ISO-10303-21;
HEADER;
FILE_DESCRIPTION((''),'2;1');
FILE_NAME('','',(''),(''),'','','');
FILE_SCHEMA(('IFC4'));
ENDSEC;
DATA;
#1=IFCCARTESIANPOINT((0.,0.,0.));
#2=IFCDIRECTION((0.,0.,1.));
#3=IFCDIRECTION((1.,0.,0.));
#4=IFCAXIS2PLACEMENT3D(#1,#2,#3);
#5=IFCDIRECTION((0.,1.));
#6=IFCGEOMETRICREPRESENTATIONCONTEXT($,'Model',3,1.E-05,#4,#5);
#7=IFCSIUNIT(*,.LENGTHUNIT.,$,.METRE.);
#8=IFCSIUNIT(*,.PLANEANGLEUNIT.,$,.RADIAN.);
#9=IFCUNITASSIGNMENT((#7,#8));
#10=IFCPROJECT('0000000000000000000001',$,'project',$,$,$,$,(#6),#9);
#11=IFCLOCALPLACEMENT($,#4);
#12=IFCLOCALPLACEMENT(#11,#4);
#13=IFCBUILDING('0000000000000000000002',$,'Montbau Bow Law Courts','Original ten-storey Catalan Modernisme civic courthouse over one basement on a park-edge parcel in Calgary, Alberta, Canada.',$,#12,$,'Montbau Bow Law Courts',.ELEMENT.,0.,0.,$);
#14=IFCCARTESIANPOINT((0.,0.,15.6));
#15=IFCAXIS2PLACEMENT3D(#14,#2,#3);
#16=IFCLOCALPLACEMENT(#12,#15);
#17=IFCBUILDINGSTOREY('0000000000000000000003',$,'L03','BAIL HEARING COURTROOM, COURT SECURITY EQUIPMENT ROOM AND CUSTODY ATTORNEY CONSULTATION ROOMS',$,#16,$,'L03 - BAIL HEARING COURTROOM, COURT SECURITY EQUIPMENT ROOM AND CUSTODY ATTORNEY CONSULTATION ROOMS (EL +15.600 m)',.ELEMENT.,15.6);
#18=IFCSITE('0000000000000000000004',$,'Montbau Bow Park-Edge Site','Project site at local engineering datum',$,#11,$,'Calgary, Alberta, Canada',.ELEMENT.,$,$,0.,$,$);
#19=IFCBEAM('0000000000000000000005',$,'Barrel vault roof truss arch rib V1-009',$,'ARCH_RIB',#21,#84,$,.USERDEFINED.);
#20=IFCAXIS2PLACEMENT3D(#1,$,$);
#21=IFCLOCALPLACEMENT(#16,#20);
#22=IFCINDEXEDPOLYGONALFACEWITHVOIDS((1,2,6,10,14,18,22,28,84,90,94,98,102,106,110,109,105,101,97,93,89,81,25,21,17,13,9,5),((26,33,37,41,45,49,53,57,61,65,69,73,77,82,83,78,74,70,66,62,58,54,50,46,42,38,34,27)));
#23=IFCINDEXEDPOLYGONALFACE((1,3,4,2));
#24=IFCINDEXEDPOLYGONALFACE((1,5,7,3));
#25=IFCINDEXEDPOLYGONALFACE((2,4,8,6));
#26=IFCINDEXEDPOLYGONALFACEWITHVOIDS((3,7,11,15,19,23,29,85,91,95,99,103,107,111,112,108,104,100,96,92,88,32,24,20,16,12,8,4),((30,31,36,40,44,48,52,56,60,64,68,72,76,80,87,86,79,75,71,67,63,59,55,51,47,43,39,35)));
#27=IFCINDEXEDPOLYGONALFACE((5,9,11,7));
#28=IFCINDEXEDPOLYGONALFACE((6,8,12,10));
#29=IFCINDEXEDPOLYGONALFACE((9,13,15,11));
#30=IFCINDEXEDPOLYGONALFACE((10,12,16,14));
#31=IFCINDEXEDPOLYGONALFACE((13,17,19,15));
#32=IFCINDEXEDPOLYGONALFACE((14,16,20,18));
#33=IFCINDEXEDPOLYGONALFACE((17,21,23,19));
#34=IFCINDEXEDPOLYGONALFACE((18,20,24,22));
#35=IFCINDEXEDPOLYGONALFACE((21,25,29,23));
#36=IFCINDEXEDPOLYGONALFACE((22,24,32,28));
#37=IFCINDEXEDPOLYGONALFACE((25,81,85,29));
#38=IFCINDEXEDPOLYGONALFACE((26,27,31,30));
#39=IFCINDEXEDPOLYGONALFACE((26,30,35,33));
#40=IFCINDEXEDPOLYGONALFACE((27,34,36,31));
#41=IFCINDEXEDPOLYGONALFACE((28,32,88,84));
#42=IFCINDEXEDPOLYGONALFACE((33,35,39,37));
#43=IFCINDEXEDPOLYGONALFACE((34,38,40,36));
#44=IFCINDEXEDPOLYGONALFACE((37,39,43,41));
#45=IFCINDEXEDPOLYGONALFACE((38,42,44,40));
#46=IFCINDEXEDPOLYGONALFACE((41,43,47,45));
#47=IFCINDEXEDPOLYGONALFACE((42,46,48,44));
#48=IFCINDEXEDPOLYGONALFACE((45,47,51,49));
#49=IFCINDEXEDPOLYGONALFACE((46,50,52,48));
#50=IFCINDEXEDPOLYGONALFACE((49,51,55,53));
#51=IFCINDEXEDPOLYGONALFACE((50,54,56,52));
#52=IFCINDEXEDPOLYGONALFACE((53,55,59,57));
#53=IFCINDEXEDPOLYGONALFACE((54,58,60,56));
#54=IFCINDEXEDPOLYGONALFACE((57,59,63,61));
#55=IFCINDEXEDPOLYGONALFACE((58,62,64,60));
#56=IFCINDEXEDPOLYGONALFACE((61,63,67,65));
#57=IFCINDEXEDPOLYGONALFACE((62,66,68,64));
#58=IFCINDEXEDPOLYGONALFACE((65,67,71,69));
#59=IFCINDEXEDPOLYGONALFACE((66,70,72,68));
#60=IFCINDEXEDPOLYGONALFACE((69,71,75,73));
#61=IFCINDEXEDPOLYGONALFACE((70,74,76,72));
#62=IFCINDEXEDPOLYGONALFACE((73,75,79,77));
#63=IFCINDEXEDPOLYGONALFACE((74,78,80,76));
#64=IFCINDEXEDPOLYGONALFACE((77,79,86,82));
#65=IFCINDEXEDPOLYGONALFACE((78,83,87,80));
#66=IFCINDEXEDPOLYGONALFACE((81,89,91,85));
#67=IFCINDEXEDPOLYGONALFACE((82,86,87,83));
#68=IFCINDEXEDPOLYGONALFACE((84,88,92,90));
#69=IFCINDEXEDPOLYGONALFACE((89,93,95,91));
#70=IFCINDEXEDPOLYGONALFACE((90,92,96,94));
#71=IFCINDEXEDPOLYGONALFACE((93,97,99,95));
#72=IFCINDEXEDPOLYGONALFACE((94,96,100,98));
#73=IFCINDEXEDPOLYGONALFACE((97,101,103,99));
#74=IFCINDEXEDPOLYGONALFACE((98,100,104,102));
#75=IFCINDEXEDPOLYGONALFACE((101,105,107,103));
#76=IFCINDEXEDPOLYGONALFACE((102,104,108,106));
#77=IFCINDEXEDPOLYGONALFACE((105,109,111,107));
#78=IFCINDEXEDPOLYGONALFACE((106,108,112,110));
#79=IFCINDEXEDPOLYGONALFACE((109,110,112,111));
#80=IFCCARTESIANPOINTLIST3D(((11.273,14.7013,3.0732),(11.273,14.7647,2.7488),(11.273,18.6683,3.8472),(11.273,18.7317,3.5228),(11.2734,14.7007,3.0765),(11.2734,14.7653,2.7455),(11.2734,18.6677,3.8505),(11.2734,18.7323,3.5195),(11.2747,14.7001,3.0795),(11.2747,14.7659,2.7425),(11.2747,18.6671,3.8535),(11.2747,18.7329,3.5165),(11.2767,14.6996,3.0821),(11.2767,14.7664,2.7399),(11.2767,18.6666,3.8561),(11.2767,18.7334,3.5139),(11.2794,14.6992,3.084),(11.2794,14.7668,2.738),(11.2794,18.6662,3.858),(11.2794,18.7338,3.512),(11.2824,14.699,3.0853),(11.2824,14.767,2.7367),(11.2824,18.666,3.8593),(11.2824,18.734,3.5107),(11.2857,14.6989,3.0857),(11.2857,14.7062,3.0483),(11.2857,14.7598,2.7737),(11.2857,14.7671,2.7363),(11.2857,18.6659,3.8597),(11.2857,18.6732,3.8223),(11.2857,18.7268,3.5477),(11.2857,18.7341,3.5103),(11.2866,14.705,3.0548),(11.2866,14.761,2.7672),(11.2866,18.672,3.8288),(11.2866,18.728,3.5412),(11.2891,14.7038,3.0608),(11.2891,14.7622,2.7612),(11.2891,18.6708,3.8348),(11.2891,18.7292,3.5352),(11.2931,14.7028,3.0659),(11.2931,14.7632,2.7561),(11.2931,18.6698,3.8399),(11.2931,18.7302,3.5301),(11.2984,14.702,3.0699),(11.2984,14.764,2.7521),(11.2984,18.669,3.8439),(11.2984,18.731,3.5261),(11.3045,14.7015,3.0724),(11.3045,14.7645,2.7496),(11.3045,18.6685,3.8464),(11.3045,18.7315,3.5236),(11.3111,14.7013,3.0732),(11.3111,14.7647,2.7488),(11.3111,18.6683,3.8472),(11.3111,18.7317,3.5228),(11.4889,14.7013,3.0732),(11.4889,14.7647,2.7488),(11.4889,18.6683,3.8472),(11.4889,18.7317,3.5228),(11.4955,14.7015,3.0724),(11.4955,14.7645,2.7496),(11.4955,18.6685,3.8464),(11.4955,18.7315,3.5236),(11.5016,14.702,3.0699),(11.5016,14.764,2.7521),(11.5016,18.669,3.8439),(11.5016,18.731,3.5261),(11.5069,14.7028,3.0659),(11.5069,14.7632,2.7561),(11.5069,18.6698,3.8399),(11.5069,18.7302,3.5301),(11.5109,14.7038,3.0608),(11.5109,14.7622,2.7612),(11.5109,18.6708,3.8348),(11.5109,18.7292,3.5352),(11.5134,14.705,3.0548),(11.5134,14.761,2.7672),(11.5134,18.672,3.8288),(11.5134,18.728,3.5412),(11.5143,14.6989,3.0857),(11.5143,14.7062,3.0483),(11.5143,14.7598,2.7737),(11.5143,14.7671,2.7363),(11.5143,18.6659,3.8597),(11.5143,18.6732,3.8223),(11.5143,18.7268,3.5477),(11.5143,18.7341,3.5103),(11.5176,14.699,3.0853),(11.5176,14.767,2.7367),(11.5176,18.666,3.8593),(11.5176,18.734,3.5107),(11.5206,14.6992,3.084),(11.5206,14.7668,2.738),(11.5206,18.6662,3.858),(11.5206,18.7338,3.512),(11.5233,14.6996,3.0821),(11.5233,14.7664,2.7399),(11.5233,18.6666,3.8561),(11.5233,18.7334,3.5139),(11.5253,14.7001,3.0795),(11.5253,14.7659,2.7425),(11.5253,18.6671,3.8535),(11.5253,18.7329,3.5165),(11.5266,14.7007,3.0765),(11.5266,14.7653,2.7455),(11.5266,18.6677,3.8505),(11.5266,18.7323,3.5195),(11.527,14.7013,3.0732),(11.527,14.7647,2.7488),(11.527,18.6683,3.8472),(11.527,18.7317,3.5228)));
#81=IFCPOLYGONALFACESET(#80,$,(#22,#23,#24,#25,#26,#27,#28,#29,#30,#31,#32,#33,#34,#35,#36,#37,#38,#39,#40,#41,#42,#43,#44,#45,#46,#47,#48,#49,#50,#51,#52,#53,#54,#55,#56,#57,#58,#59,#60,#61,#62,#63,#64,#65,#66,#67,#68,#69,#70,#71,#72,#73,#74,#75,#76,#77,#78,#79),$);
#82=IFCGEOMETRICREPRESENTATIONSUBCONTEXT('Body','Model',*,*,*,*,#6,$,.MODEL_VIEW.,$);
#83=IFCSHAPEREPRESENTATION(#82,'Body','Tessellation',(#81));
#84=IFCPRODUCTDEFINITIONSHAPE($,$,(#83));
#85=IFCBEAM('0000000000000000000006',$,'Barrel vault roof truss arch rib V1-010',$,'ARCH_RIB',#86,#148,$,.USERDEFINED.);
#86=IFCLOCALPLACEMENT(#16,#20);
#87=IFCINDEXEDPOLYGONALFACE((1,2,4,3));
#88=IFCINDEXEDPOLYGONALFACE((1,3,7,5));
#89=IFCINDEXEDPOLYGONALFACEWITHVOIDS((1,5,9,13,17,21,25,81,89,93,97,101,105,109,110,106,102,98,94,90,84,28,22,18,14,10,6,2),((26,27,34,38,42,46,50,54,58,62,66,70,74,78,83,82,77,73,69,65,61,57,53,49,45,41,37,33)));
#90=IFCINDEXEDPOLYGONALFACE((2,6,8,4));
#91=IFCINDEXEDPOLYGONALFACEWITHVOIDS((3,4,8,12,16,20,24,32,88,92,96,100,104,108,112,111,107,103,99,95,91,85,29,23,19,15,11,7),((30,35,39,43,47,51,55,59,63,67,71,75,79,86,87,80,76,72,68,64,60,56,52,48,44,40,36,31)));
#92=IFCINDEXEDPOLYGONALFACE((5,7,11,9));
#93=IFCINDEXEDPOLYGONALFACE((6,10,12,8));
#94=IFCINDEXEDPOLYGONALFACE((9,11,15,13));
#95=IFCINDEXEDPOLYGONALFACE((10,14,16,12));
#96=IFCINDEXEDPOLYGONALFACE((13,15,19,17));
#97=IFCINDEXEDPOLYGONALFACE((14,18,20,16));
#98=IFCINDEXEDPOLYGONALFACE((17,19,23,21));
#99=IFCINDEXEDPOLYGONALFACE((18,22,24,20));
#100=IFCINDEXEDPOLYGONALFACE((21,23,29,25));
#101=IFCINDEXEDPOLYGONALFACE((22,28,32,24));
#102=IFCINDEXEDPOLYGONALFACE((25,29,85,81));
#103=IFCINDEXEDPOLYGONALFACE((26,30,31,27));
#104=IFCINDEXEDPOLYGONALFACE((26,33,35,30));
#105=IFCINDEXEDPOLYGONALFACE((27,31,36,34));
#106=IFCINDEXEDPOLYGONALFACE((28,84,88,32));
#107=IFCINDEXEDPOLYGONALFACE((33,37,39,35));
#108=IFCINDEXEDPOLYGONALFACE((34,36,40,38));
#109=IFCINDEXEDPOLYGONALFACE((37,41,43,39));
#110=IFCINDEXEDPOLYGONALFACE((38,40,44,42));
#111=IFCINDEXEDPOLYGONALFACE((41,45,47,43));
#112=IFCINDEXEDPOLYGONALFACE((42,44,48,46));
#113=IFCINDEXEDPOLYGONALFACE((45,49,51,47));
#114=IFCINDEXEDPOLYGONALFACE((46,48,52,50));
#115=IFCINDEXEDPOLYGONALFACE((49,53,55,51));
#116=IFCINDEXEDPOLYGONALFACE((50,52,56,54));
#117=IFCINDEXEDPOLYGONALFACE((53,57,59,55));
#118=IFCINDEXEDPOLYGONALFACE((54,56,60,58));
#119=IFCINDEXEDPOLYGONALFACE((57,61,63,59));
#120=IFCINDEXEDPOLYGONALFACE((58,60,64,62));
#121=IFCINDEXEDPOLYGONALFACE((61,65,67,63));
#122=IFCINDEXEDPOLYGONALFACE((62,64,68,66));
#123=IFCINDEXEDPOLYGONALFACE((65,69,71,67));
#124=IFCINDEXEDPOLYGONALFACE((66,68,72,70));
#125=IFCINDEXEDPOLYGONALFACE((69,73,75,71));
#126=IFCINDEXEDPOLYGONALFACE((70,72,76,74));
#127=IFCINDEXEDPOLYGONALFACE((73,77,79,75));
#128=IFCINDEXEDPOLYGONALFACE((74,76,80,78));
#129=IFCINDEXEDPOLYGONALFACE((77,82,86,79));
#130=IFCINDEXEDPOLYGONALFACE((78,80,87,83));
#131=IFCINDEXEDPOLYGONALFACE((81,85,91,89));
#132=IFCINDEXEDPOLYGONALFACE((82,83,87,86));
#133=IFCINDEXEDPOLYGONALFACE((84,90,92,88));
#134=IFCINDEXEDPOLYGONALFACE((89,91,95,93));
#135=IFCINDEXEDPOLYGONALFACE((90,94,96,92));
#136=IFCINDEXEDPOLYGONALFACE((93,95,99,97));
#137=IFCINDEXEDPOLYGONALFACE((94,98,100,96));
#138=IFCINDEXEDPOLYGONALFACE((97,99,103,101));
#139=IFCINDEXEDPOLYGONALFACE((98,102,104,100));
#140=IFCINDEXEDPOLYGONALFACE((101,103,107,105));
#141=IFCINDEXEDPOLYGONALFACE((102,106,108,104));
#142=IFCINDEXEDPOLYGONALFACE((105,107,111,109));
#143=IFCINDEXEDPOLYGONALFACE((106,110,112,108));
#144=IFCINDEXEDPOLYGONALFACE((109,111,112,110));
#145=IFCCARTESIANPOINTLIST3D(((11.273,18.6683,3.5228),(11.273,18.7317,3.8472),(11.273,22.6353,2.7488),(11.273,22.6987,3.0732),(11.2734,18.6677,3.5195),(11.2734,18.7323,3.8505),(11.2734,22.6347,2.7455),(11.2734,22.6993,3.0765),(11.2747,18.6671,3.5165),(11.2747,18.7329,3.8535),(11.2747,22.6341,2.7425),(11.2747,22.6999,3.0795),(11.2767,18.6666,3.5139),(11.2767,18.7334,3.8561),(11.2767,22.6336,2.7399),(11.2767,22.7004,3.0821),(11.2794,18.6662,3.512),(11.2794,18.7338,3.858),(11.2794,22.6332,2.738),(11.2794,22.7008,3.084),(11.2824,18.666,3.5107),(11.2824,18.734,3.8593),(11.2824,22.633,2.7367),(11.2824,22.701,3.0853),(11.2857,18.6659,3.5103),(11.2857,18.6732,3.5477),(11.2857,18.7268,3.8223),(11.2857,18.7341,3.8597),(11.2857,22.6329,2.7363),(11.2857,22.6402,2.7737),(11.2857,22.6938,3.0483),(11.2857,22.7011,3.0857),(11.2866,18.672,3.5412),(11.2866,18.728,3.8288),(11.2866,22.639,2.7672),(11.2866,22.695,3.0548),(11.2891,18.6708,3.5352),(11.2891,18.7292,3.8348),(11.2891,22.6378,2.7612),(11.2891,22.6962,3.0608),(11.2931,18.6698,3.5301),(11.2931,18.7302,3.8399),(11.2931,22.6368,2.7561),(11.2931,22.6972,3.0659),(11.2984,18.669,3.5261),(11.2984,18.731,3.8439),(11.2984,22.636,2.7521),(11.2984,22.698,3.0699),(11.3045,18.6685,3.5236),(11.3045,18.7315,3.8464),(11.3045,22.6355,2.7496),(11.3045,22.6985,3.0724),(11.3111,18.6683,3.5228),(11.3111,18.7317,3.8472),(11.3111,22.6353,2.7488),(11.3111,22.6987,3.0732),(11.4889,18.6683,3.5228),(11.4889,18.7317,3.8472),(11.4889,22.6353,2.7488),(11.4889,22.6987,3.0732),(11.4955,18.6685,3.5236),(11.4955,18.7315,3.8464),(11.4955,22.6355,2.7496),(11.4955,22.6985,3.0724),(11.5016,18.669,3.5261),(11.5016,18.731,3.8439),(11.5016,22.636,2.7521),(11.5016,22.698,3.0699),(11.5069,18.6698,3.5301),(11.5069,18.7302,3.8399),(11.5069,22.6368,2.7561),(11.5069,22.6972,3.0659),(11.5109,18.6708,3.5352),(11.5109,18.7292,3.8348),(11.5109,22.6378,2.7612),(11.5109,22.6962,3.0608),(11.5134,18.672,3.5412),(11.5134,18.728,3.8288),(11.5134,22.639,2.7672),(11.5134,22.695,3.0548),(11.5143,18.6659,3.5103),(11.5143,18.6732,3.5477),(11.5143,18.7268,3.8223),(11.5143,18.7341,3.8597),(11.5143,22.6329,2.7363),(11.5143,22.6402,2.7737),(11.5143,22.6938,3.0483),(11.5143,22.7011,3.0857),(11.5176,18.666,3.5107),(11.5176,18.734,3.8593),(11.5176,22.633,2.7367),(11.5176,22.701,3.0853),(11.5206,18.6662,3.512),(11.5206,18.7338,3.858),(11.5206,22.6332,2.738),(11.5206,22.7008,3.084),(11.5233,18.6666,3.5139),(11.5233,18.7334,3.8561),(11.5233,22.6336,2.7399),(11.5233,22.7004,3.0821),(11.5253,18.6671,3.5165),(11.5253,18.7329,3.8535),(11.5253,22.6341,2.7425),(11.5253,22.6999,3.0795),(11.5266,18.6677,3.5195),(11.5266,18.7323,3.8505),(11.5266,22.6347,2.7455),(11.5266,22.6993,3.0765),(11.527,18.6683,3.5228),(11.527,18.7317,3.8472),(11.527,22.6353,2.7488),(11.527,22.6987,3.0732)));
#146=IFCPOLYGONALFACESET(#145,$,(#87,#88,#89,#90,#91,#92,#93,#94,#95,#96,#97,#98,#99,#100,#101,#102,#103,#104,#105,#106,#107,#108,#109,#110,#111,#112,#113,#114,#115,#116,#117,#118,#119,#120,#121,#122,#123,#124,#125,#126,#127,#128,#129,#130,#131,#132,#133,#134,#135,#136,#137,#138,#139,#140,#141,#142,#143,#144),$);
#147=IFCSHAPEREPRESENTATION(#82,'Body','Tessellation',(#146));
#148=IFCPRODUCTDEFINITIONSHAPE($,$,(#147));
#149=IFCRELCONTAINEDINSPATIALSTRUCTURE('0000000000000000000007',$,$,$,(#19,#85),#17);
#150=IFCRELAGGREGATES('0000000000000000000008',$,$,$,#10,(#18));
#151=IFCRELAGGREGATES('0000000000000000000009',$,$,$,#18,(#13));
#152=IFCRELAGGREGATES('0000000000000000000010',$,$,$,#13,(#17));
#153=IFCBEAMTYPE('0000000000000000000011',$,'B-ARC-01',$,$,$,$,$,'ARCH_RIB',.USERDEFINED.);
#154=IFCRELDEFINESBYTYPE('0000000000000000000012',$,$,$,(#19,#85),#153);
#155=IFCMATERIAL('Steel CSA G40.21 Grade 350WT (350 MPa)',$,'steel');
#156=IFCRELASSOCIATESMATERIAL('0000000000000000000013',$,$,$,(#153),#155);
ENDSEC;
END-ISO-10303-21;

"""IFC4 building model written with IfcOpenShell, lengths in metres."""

from ifc_helpers import new_model, si_unit, direction, frame, origin_with_axes, origin_2d_with_axis, place, context, subcontext, project, spatial, hollow_rectangle, extrude, material, material_profile, profile_set, type_object, element, save


model = new_model("IFC4")

# Units and contexts
model_context = context("Model", 3, precision=1e-05, world=origin_with_axes(), true_north=direction((0.0, 1.0)))
body_context = subcontext(model_context, "Body", "Model", "MODEL_VIEW")
ifc_project = project(units=[si_unit("LENGTHUNIT", "METRE"), si_unit("PLANEANGLEUNIT", "RADIAN")], contexts=[model_context])

# Site, building, storey
site_placement = place(None, origin_with_axes())
site = spatial("IfcSite", under=ifc_project, at=site_placement, Name="Montbau Bow Park-Edge Site", Description="Project site at local engineering datum", LongName="Calgary, Alberta, Canada", CompositionType="ELEMENT", RefElevation=0.0)
building_placement = place(site_placement, origin_with_axes())
building = spatial("IfcBuilding", under=site, at=building_placement, Name="Montbau Bow Law Courts", Description="Original ten-storey Catalan Modernisme civic courthouse over one basement on a park-edge parcel in Calgary, Alberta, Canada.", LongName="Montbau Bow Law Courts", CompositionType="ELEMENT", ElevationOfRefHeight=0.0, ElevationOfTerrain=0.0)
storey_placement = place(building_placement, frame((0.0, 0.0, 15.6), z_axis=(0.0, 0.0, 1.0), x_axis=(1.0, 0.0, 0.0)))
storey = spatial("IfcBuildingStorey", under=building, at=storey_placement, Name="L03", Description="BAIL HEARING COURTROOM, COURT SECURITY EQUIPMENT ROOM AND CUSTODY ATTORNEY CONSULTATION ROOMS", LongName="L03 - BAIL HEARING COURTROOM, COURT SECURITY EQUIPMENT ROOM AND CUSTODY ATTORNEY CONSULTATION ROOMS (EL +15.600 m)", CompositionType="ELEMENT", Elevation=15.6)

# Beams
ifc_material_1 = material(Name="Steel CSA G40.21 Grade 350WT (350 MPa)", Category="steel")
ifc_material_profile_1 = material_profile(ifc_material_1, hollow_rectangle(XDim=0.254, YDim=0.356, WallThickness=0.0127, InnerFilletRadius=0.0254, OuterFilletRadius=0.0127, at=origin_2d_with_axis()), Name="HSS356X254X13", Category="Main", Priority=0)
ifc_profile_set_1 = profile_set([ifc_material_profile_1], Name="Steel CSA G40.21 Grade 350WT (350 MPa)")
beam_type = type_object("IfcBeamType", Name="B-ARC-01", ElementType="ARCH_RIB", PredefinedType="USERDEFINED", material=ifc_profile_set_1)
for number, where, z_axis, x_axis, name in (
    (1, (11.4, 14.733, 18.511), (0.0, 0.981493, 0.191499), (-1.0, 0.0, 0.0), "Barrel vault roof truss arch rib V1-009"),
    (2, (11.4, 18.7, 19.285), (0.0, 0.981493, -0.191499), (-1.0, 0.0, 0.0), "Barrel vault roof truss arch rib V1-010"),
):
    element("IfcBeam", number, at=place(None, frame(where, z_axis=z_axis, x_axis=x_axis)), inside=storey, type_object=beam_type, Name=name, ObjectType="ARCH_RIB", PredefinedType="USERDEFINED", context=body_context, shape_type="SweptSolid", body=[
        extrude(hollow_rectangle(XDim=0.254, YDim=0.356, WallThickness=0.0127, InnerFilletRadius=0.0254, OuterFilletRadius=0.0127, at=origin_2d_with_axis()), origin_with_axes(), (0.0, 0.0, 1.0), 4.0418),
    ])

save(model, "model.ifc")
